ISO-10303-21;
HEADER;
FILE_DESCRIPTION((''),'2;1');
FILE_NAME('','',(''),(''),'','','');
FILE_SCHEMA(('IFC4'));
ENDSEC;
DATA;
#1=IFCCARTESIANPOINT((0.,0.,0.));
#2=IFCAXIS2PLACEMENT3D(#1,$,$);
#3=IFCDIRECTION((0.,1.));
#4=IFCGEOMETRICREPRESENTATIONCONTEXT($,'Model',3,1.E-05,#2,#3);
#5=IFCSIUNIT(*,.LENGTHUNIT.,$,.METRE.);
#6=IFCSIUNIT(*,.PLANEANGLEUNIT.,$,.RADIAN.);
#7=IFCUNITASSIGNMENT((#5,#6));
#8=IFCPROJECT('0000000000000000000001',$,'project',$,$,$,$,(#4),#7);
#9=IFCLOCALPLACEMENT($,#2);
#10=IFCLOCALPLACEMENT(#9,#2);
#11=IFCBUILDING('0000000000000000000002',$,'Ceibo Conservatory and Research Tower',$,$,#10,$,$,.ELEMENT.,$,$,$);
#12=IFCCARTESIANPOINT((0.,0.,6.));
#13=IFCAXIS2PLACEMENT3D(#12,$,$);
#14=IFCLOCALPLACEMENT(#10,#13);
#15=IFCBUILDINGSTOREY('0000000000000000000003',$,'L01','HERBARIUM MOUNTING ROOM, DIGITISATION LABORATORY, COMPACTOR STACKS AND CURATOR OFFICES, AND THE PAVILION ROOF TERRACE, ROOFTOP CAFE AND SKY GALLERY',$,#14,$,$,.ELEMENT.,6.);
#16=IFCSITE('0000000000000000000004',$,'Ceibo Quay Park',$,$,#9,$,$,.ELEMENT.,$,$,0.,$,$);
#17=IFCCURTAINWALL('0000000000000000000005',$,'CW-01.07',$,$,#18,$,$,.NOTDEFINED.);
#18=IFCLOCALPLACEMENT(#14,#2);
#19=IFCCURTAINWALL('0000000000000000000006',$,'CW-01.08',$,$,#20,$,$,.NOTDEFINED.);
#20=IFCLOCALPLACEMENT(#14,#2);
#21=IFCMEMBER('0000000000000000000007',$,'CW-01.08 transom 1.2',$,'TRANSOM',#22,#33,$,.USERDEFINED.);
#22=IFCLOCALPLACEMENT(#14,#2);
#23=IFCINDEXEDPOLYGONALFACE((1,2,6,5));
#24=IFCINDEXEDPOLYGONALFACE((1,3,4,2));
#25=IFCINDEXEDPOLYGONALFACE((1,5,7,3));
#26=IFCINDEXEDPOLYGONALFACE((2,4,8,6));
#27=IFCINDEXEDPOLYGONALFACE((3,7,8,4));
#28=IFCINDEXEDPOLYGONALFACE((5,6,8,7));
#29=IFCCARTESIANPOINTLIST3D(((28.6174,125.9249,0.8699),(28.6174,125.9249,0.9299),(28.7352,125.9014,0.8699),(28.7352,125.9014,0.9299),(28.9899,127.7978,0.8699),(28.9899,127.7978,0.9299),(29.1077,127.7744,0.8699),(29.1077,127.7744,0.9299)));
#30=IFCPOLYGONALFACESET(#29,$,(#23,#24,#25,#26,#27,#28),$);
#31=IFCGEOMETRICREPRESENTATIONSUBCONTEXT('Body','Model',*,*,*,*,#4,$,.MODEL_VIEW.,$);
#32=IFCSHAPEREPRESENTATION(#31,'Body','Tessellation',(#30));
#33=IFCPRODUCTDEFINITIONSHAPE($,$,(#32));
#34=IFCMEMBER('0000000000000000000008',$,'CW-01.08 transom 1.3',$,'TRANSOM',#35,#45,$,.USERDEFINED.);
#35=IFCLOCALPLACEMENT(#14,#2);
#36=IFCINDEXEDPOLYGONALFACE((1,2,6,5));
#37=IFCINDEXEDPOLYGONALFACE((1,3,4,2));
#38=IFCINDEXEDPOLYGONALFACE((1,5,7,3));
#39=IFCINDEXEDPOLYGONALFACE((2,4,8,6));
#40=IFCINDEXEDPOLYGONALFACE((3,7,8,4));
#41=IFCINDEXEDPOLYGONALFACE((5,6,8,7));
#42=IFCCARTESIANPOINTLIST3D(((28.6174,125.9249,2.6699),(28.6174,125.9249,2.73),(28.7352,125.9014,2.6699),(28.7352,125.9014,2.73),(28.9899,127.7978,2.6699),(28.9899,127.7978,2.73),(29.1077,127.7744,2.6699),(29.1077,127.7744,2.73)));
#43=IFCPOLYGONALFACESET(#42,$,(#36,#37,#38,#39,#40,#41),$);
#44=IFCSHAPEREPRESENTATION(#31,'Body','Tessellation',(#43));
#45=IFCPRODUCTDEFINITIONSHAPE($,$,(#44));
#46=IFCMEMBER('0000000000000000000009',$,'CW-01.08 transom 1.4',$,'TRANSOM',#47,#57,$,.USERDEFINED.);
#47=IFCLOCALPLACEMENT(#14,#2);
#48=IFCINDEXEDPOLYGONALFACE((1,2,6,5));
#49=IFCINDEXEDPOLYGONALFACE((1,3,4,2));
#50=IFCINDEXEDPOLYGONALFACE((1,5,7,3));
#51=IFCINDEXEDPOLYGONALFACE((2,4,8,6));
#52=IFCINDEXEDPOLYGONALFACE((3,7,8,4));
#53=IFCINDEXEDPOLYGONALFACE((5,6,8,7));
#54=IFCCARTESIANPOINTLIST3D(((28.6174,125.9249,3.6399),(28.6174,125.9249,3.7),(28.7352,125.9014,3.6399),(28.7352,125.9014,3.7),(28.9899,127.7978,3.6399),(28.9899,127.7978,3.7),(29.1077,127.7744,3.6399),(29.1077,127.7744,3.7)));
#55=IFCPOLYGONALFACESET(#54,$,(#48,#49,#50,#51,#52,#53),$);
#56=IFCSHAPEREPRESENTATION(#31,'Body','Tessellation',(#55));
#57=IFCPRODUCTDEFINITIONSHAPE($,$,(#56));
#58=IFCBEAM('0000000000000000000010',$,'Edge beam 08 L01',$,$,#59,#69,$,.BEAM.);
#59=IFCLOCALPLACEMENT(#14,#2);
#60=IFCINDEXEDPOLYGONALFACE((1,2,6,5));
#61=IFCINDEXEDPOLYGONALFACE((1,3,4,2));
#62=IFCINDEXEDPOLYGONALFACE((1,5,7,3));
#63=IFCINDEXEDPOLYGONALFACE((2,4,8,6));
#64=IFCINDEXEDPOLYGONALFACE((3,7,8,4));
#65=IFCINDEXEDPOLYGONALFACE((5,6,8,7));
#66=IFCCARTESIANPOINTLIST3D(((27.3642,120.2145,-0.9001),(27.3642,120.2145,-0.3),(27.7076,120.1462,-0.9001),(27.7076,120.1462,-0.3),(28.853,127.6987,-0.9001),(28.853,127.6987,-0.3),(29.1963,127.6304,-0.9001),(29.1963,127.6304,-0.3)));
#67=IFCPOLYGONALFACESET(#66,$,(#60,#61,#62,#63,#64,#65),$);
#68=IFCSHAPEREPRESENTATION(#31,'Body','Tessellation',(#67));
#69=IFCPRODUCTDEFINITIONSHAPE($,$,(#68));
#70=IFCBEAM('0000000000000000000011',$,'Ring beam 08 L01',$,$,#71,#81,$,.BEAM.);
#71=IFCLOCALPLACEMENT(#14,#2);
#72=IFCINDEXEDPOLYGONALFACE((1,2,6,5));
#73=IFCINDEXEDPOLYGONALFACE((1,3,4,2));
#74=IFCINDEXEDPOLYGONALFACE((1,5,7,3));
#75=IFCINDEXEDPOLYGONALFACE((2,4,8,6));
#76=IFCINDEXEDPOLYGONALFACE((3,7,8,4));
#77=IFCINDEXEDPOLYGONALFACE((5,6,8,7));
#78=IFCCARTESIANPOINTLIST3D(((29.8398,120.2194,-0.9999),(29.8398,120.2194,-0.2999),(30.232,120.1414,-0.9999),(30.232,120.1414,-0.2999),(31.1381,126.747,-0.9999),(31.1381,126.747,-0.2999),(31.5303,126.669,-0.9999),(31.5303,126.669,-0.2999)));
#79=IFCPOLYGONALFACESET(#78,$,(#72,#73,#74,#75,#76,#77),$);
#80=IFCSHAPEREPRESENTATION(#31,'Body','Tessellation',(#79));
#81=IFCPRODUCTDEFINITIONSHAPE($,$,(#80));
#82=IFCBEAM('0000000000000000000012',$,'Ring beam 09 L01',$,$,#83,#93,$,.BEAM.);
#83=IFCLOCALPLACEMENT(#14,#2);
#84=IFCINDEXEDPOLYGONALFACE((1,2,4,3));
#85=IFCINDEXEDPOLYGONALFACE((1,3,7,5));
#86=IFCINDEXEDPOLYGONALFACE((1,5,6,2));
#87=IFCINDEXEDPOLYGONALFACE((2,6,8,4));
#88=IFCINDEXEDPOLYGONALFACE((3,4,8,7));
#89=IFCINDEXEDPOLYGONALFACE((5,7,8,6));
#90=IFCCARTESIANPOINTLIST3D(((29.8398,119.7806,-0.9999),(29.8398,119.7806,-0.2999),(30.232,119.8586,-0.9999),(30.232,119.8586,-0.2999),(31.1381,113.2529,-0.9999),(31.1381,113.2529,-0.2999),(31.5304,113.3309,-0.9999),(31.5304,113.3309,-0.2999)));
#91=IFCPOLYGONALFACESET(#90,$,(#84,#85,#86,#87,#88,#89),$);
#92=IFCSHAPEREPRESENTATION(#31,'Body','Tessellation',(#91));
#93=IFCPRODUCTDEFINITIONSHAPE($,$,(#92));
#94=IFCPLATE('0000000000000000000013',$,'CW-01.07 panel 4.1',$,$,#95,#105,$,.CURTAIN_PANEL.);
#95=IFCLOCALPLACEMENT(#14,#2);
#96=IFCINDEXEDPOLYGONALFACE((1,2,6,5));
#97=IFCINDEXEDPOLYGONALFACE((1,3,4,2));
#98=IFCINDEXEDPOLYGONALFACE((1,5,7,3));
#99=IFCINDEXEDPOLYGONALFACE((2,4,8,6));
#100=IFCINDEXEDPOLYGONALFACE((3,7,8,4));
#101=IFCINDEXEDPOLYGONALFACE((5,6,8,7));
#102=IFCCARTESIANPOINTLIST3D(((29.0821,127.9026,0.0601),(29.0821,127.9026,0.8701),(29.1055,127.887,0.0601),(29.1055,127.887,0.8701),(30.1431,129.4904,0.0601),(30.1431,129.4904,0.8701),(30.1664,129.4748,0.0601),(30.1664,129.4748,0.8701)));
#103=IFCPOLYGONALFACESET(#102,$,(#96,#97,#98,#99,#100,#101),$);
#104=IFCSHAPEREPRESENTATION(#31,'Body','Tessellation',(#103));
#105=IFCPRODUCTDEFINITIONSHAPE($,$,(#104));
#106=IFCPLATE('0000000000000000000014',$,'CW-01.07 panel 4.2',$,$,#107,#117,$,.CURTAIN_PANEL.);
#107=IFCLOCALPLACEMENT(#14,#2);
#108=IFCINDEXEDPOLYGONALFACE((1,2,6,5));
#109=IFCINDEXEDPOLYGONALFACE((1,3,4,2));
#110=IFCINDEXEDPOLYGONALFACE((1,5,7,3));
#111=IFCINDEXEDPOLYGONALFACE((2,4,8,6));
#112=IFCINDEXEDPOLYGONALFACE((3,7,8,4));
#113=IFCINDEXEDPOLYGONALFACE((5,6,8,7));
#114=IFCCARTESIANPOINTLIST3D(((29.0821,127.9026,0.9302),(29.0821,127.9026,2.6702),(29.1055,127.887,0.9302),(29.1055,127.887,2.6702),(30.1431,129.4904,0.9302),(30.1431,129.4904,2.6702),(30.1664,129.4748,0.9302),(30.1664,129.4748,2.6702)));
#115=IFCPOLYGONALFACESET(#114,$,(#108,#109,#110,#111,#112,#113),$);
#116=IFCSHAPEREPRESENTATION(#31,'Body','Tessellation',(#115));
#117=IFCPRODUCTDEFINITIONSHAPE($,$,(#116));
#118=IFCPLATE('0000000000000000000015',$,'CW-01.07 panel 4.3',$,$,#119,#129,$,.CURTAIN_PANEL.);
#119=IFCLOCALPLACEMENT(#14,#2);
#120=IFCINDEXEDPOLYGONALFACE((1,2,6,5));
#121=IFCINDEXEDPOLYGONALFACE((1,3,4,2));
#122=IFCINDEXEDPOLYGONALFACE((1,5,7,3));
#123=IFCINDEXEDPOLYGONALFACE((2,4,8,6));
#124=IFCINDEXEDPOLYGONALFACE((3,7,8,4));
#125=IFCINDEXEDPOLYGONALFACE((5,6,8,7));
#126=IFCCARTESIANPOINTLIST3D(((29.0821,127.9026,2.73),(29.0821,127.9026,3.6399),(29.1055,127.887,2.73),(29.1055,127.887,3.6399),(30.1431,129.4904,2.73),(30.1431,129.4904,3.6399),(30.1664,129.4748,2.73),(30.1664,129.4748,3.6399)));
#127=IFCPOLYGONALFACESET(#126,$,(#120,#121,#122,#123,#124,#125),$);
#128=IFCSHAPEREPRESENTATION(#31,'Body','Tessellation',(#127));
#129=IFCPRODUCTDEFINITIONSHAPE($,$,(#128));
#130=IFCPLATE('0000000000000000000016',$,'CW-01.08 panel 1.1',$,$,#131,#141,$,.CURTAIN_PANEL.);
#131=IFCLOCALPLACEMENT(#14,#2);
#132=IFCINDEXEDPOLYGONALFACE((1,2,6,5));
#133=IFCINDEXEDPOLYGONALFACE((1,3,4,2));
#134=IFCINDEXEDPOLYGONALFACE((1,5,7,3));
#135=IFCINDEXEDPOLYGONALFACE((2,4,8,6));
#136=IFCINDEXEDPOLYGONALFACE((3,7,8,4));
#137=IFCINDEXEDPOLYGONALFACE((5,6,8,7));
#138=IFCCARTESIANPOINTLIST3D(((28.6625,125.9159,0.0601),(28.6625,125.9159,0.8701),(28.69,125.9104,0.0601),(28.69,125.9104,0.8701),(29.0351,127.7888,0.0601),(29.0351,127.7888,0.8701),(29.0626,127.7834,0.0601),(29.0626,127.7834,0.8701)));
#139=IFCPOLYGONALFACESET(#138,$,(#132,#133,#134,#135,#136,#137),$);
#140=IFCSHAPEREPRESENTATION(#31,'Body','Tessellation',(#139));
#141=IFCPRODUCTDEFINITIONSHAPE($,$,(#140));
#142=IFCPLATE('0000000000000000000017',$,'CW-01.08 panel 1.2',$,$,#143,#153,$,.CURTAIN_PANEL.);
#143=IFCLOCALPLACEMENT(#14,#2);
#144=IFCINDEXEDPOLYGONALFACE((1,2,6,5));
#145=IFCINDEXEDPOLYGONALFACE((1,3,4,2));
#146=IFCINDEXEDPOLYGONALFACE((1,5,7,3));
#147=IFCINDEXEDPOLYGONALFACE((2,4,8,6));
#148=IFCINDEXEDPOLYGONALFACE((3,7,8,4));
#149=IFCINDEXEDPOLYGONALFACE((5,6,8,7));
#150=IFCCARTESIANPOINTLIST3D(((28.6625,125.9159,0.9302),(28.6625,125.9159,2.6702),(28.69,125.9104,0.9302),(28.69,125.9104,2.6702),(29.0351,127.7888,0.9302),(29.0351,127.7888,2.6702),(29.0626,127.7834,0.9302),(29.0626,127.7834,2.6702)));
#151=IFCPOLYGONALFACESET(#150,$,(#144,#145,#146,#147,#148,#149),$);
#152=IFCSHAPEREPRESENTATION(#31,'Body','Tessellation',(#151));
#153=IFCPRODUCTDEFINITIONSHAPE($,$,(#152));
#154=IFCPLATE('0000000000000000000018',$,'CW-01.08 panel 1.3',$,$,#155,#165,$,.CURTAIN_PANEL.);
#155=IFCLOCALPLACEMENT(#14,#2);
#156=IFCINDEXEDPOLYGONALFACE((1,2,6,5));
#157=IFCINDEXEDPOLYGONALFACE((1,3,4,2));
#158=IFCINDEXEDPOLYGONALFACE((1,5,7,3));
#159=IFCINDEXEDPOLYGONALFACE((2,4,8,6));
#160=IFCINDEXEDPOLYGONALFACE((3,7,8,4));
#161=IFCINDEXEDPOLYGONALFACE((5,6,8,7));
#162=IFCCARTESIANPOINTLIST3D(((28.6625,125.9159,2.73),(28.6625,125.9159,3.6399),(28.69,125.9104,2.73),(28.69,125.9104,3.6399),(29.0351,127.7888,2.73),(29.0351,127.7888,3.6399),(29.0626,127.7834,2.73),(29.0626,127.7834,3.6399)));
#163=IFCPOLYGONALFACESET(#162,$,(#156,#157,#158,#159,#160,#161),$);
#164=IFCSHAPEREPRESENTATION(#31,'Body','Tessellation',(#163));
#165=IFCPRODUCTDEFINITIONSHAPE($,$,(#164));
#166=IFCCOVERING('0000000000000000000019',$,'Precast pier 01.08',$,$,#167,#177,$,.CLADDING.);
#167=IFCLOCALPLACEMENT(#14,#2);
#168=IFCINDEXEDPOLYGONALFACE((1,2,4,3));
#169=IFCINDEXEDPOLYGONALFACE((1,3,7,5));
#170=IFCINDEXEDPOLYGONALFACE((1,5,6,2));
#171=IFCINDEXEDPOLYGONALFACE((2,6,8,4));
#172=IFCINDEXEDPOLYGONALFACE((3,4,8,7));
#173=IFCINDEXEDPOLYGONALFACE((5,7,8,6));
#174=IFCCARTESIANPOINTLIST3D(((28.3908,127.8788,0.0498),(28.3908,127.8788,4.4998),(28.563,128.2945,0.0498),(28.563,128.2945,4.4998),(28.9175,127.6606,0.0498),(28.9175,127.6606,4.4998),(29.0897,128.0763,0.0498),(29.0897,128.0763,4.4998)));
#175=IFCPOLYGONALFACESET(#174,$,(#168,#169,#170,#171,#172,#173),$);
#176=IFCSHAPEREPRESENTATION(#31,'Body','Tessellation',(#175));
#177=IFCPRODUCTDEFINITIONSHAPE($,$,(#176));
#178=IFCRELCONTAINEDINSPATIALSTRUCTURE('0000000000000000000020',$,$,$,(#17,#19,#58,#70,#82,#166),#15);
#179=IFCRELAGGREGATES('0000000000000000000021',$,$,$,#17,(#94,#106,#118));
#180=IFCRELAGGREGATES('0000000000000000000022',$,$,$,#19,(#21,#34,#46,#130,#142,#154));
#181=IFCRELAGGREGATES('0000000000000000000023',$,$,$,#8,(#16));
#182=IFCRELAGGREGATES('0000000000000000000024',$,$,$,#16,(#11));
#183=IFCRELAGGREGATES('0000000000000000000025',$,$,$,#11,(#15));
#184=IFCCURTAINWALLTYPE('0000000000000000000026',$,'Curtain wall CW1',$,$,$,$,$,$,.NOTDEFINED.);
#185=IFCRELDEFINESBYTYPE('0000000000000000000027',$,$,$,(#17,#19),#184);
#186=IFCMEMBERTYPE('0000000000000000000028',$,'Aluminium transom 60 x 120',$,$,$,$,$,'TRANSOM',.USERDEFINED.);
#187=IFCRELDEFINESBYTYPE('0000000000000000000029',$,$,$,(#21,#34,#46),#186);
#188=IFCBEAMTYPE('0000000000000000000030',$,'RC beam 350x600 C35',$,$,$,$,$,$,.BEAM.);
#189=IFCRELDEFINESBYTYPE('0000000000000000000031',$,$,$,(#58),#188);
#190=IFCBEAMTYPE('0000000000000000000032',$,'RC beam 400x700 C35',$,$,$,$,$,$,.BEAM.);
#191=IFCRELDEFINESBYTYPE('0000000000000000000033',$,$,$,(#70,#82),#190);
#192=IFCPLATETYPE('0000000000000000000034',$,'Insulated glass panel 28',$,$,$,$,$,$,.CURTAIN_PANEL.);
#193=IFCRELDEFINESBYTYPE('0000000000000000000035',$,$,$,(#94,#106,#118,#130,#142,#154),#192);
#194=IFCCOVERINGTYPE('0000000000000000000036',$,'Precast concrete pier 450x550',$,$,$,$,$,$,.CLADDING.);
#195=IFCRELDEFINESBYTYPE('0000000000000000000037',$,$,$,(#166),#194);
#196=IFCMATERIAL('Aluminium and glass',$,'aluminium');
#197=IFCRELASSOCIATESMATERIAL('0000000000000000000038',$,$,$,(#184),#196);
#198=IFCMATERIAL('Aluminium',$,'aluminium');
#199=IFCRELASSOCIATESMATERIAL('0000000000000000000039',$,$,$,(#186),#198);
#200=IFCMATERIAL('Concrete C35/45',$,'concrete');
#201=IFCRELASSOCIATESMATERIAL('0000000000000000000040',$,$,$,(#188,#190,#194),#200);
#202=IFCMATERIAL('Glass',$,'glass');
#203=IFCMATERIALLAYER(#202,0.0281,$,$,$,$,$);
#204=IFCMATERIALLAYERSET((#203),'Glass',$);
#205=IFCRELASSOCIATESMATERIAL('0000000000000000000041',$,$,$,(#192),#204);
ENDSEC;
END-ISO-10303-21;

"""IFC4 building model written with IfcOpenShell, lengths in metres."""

from ifc_helpers import new_model, si_unit, direction, frame, origin, origin_2d, place, context, subcontext, project, spatial, rectangle, extrude, material, layer, layer_set, material_profile, profile_set, type_object, element, aggregate, save


model = new_model("IFC4")

# Units and contexts
model_context = context("Model", 3, precision=1e-05, world=origin(), true_north=direction((0.0, 1.0)))
body_context = subcontext(model_context, "Body", "Model", "MODEL_VIEW")
ifc_project = project(units=[si_unit("LENGTHUNIT", "METRE"), si_unit("PLANEANGLEUNIT", "RADIAN")], contexts=[model_context])

# Site, building, storey
site_placement = place(None, origin())
site = spatial("IfcSite", under=ifc_project, at=site_placement, Name="Ceibo Quay Park", CompositionType="ELEMENT", RefElevation=0.0)
building_placement = place(site_placement, origin())
building = spatial("IfcBuilding", under=site, at=building_placement, Name="Ceibo Conservatory and Research Tower", CompositionType="ELEMENT")
storey_placement = place(building_placement, frame((0.0, 0.0, 6.0)))
storey = spatial("IfcBuildingStorey", under=building, at=storey_placement, Name="L01", Description="HERBARIUM MOUNTING ROOM, DIGITISATION LABORATORY, COMPACTOR STACKS AND CURATOR OFFICES, AND THE PAVILION ROOF TERRACE, ROOFTOP CAFE AND SKY GALLERY", CompositionType="ELEMENT", Elevation=6.0)

# Curtain walls
ifc_material_1 = material(Name="Aluminium and glass", Category="aluminium")
curtain_wall_type = type_object("IfcCurtainWallType", Name="Curtain wall CW1", PredefinedType="NOTDEFINED", material=ifc_material_1)
curtain_wall_1_placement = place(storey_placement, origin())
curtain_wall_1 = element("IfcCurtainWall", 1, at=curtain_wall_1_placement, inside=storey, type_object=curtain_wall_type, Name="CW-01.07", PredefinedType="NOTDEFINED")
ifc_material_2 = material(Name="Aluminium", Category="aluminium")
curtain_wall_2_placement = place(storey_placement, origin())
curtain_wall_2 = element("IfcCurtainWall", 2, at=curtain_wall_2_placement, inside=storey, type_object=curtain_wall_type, Name="CW-01.08", PredefinedType="NOTDEFINED")

# Members
ifc_material_profile_1 = material_profile(ifc_material_2, rectangle(XDim=0.1201, YDim=0.0601, at=origin_2d()), Name="Aluminium 60 x 120")
ifc_profile_set_1 = profile_set([ifc_material_profile_1], Name="Aluminium")
member_type_1 = type_object("IfcMemberType", Name="Aluminium transom 60 x 120", ElementType="TRANSOM", PredefinedType="USERDEFINED", material=ifc_profile_set_1)
member_1_placement = place(storey_placement, frame((29.0488, 127.7861, 0.8999), z_axis=(-0.195083, -0.980787, 0.0), x_axis=(0.980787, -0.195083, 0.0)))
member_1 = element("IfcMember", 3, at=member_1_placement, type_object=member_type_1, Name="CW-01.08 transom 1.2", ObjectType="TRANSOM", PredefinedType="USERDEFINED", context=body_context, shape_type="SweptSolid", body=[
    extrude(rectangle(XDim=0.1201, YDim=0.0601, at=origin_2d()), origin(), (0.0, 0.0, 1.0), 1.9097),
])
member_2_placement = place(storey_placement, frame((29.0488, 127.7861, 2.7), z_axis=(-0.195083, -0.980787, 0.0), x_axis=(0.980787, -0.195083, 0.0)))
member_2 = element("IfcMember", 4, at=member_2_placement, type_object=member_type_1, Name="CW-01.08 transom 1.3", ObjectType="TRANSOM", PredefinedType="USERDEFINED", context=body_context, shape_type="SweptSolid", body=[
    extrude(rectangle(XDim=0.1201, YDim=0.0601, at=origin_2d()), origin(), (0.0, 0.0, 1.0), 1.9097),
])
member_3_placement = place(storey_placement, frame((29.0488, 127.7861, 3.6699), z_axis=(-0.195083, -0.980787, 0.0), x_axis=(0.980787, -0.195083, 0.0)))
member_3 = element("IfcMember", 5, at=member_3_placement, type_object=member_type_1, Name="CW-01.08 transom 1.4", ObjectType="TRANSOM", PredefinedType="USERDEFINED", context=body_context, shape_type="SweptSolid", body=[
    extrude(rectangle(XDim=0.1201, YDim=0.0601, at=origin_2d()), origin(), (0.0, 0.0, 1.0), 1.9097),
])

# Beams
ifc_material_3 = material(Name="Concrete C35/45", Category="concrete")
ifc_material_profile_2 = material_profile(ifc_material_3, rectangle(XDim=0.3501, YDim=0.6001, at=origin_2d()), Name="RC 350x600")
ifc_profile_set_2 = profile_set([ifc_material_profile_2], Name="Concrete C35/45")
beam_type_1 = type_object("IfcBeamType", Name="RC beam 350x600 C35", PredefinedType="BEAM", material=ifc_profile_set_2)
beam_placement = place(storey_placement, frame((29.0247, 127.6646, -0.6001), z_axis=(-0.195101, -0.980783, 0.0), x_axis=(0.980783, -0.195101, 0.0)))
element("IfcBeam", 6, at=beam_placement, inside=storey, type_object=beam_type_1, Name="Edge beam 08 L01", PredefinedType="BEAM", context=body_context, shape_type="SweptSolid", body=[
    extrude(rectangle(XDim=0.3501, YDim=0.6001, at=origin_2d()), origin(), (0.0, 0.0, 1.0), 7.6309),
])
ifc_material_profile_3 = material_profile(ifc_material_3, rectangle(XDim=0.3999, YDim=0.7, at=origin_2d()), Name="RC 400x700")
ifc_profile_set_3 = profile_set([ifc_material_profile_3], Name="Concrete C35/45")
beam_type_2 = type_object("IfcBeamType", Name="RC beam 400x700 C35", PredefinedType="BEAM", material=ifc_profile_set_3)
for number, where, z_axis, x_axis, name in (
    (7, (31.3342, 126.708, -0.6499), (-0.195079, -0.980788, 0.0), (0.980788, -0.195079, 0.0), "Ring beam 08 L01"),
    (8, (30.0359, 119.8196, -0.6499), (0.195079, -0.980788, 0.0), (0.980788, 0.195079, 0.0), "Ring beam 09 L01"),
):
    element("IfcBeam", number, at=place(storey_placement, frame(where, z_axis=z_axis, x_axis=x_axis)), inside=storey, type_object=beam_type_2, Name=name, PredefinedType="BEAM", context=body_context, shape_type="SweptSolid", body=[
        extrude(rectangle(XDim=0.3999, YDim=0.7, at=origin_2d()), origin(), (0.0, 0.0, 1.0), 6.6555),
    ])

# Plates
ifc_material_4 = material(Name="Glass", Category="glass")
ifc_layer = layer(ifc_material_4, 0.0281)
ifc_layer_set = layer_set([ifc_layer], Name="Glass")
plate_type = type_object("IfcPlateType", Name="Insulated glass panel 28", PredefinedType="CURTAIN_PANEL", material=ifc_layer_set)
plate_1_placement = place(storey_placement, frame((29.6243, 128.6887, 0.0601), z_axis=(0.0, 0.0, 1.0), x_axis=(-0.55557, -0.83147, 0.0)))
plate_1 = element("IfcPlate", 9, at=plate_1_placement, type_object=plate_type, Name="CW-01.07 panel 4.1", PredefinedType="CURTAIN_PANEL", context=body_context, shape_type="SweptSolid", body=[
    extrude(rectangle(XDim=1.9097, YDim=0.0281, at=origin_2d()), origin(), (0.0, 0.0, 1.0), 0.8101),
])
plate_2_placement = place(storey_placement, frame((29.6243, 128.6887, 0.9302), z_axis=(0.0, 0.0, 1.0), x_axis=(-0.55557, -0.83147, 0.0)))
plate_2 = element("IfcPlate", 10, at=plate_2_placement, type_object=plate_type, Name="CW-01.07 panel 4.2", PredefinedType="CURTAIN_PANEL", context=body_context, shape_type="SweptSolid", body=[
    extrude(rectangle(XDim=1.9097, YDim=0.0281, at=origin_2d()), origin(), (0.0, 0.0, 1.0), 1.74),
])
plate_3_placement = place(storey_placement, frame((29.6243, 128.6887, 2.73), z_axis=(0.0, 0.0, 1.0), x_axis=(-0.55557, -0.83147, 0.0)))
plate_3 = element("IfcPlate", 11, at=plate_3_placement, type_object=plate_type, Name="CW-01.07 panel 4.3", PredefinedType="CURTAIN_PANEL", context=body_context, shape_type="SweptSolid", body=[
    extrude(rectangle(XDim=1.9097, YDim=0.0281, at=origin_2d()), origin(), (0.0, 0.0, 1.0), 0.9099),
])
aggregate(curtain_wall_1, [plate_1, plate_2, plate_3])
plate_4_placement = place(storey_placement, frame((28.8625, 126.8496, 0.0601), z_axis=(0.0, 0.0, 1.0), x_axis=(-0.19509, -0.980785, 0.0)))
plate_4 = element("IfcPlate", 12, at=plate_4_placement, type_object=plate_type, Name="CW-01.08 panel 1.1", PredefinedType="CURTAIN_PANEL", context=body_context, shape_type="SweptSolid", body=[
    extrude(rectangle(XDim=1.9097, YDim=0.0281, at=origin_2d()), origin(), (0.0, 0.0, 1.0), 0.8101),
])
plate_5_placement = place(storey_placement, frame((28.8625, 126.8496, 0.9302), z_axis=(0.0, 0.0, 1.0), x_axis=(-0.19509, -0.980785, 0.0)))
plate_5 = element("IfcPlate", 13, at=plate_5_placement, type_object=plate_type, Name="CW-01.08 panel 1.2", PredefinedType="CURTAIN_PANEL", context=body_context, shape_type="SweptSolid", body=[
    extrude(rectangle(XDim=1.9097, YDim=0.0281, at=origin_2d()), origin(), (0.0, 0.0, 1.0), 1.74),
])
plate_6_placement = place(storey_placement, frame((28.8625, 126.8496, 2.73), z_axis=(0.0, 0.0, 1.0), x_axis=(-0.19509, -0.980785, 0.0)))
plate_6 = element("IfcPlate", 14, at=plate_6_placement, type_object=plate_type, Name="CW-01.08 panel 1.3", PredefinedType="CURTAIN_PANEL", context=body_context, shape_type="SweptSolid", body=[
    extrude(rectangle(XDim=1.9097, YDim=0.0281, at=origin_2d()), origin(), (0.0, 0.0, 1.0), 0.9099),
])
aggregate(curtain_wall_2, [member_1, member_2, member_3, plate_4, plate_5, plate_6])

# Covering
covering_type = type_object("IfcCoveringType", Name="Precast concrete pier 450x550", PredefinedType="CLADDING", material=ifc_material_3)
covering_placement = place(storey_placement, frame((28.7402, 127.9775, 0.0498), z_axis=(0.0, 0.0, 1.0), x_axis=(-0.92388, 0.382683, 0.0)))
element("IfcCovering", 15, at=covering_placement, inside=storey, type_object=covering_type, Name="Precast pier 01.08", PredefinedType="CLADDING", context=body_context, shape_type="SweptSolid", body=[
    extrude(rectangle(XDim=0.5701, YDim=0.45, at=origin_2d()), origin(), (0.0, 0.0, 1.0), 4.45),
])

save(model, "model.ifc")
